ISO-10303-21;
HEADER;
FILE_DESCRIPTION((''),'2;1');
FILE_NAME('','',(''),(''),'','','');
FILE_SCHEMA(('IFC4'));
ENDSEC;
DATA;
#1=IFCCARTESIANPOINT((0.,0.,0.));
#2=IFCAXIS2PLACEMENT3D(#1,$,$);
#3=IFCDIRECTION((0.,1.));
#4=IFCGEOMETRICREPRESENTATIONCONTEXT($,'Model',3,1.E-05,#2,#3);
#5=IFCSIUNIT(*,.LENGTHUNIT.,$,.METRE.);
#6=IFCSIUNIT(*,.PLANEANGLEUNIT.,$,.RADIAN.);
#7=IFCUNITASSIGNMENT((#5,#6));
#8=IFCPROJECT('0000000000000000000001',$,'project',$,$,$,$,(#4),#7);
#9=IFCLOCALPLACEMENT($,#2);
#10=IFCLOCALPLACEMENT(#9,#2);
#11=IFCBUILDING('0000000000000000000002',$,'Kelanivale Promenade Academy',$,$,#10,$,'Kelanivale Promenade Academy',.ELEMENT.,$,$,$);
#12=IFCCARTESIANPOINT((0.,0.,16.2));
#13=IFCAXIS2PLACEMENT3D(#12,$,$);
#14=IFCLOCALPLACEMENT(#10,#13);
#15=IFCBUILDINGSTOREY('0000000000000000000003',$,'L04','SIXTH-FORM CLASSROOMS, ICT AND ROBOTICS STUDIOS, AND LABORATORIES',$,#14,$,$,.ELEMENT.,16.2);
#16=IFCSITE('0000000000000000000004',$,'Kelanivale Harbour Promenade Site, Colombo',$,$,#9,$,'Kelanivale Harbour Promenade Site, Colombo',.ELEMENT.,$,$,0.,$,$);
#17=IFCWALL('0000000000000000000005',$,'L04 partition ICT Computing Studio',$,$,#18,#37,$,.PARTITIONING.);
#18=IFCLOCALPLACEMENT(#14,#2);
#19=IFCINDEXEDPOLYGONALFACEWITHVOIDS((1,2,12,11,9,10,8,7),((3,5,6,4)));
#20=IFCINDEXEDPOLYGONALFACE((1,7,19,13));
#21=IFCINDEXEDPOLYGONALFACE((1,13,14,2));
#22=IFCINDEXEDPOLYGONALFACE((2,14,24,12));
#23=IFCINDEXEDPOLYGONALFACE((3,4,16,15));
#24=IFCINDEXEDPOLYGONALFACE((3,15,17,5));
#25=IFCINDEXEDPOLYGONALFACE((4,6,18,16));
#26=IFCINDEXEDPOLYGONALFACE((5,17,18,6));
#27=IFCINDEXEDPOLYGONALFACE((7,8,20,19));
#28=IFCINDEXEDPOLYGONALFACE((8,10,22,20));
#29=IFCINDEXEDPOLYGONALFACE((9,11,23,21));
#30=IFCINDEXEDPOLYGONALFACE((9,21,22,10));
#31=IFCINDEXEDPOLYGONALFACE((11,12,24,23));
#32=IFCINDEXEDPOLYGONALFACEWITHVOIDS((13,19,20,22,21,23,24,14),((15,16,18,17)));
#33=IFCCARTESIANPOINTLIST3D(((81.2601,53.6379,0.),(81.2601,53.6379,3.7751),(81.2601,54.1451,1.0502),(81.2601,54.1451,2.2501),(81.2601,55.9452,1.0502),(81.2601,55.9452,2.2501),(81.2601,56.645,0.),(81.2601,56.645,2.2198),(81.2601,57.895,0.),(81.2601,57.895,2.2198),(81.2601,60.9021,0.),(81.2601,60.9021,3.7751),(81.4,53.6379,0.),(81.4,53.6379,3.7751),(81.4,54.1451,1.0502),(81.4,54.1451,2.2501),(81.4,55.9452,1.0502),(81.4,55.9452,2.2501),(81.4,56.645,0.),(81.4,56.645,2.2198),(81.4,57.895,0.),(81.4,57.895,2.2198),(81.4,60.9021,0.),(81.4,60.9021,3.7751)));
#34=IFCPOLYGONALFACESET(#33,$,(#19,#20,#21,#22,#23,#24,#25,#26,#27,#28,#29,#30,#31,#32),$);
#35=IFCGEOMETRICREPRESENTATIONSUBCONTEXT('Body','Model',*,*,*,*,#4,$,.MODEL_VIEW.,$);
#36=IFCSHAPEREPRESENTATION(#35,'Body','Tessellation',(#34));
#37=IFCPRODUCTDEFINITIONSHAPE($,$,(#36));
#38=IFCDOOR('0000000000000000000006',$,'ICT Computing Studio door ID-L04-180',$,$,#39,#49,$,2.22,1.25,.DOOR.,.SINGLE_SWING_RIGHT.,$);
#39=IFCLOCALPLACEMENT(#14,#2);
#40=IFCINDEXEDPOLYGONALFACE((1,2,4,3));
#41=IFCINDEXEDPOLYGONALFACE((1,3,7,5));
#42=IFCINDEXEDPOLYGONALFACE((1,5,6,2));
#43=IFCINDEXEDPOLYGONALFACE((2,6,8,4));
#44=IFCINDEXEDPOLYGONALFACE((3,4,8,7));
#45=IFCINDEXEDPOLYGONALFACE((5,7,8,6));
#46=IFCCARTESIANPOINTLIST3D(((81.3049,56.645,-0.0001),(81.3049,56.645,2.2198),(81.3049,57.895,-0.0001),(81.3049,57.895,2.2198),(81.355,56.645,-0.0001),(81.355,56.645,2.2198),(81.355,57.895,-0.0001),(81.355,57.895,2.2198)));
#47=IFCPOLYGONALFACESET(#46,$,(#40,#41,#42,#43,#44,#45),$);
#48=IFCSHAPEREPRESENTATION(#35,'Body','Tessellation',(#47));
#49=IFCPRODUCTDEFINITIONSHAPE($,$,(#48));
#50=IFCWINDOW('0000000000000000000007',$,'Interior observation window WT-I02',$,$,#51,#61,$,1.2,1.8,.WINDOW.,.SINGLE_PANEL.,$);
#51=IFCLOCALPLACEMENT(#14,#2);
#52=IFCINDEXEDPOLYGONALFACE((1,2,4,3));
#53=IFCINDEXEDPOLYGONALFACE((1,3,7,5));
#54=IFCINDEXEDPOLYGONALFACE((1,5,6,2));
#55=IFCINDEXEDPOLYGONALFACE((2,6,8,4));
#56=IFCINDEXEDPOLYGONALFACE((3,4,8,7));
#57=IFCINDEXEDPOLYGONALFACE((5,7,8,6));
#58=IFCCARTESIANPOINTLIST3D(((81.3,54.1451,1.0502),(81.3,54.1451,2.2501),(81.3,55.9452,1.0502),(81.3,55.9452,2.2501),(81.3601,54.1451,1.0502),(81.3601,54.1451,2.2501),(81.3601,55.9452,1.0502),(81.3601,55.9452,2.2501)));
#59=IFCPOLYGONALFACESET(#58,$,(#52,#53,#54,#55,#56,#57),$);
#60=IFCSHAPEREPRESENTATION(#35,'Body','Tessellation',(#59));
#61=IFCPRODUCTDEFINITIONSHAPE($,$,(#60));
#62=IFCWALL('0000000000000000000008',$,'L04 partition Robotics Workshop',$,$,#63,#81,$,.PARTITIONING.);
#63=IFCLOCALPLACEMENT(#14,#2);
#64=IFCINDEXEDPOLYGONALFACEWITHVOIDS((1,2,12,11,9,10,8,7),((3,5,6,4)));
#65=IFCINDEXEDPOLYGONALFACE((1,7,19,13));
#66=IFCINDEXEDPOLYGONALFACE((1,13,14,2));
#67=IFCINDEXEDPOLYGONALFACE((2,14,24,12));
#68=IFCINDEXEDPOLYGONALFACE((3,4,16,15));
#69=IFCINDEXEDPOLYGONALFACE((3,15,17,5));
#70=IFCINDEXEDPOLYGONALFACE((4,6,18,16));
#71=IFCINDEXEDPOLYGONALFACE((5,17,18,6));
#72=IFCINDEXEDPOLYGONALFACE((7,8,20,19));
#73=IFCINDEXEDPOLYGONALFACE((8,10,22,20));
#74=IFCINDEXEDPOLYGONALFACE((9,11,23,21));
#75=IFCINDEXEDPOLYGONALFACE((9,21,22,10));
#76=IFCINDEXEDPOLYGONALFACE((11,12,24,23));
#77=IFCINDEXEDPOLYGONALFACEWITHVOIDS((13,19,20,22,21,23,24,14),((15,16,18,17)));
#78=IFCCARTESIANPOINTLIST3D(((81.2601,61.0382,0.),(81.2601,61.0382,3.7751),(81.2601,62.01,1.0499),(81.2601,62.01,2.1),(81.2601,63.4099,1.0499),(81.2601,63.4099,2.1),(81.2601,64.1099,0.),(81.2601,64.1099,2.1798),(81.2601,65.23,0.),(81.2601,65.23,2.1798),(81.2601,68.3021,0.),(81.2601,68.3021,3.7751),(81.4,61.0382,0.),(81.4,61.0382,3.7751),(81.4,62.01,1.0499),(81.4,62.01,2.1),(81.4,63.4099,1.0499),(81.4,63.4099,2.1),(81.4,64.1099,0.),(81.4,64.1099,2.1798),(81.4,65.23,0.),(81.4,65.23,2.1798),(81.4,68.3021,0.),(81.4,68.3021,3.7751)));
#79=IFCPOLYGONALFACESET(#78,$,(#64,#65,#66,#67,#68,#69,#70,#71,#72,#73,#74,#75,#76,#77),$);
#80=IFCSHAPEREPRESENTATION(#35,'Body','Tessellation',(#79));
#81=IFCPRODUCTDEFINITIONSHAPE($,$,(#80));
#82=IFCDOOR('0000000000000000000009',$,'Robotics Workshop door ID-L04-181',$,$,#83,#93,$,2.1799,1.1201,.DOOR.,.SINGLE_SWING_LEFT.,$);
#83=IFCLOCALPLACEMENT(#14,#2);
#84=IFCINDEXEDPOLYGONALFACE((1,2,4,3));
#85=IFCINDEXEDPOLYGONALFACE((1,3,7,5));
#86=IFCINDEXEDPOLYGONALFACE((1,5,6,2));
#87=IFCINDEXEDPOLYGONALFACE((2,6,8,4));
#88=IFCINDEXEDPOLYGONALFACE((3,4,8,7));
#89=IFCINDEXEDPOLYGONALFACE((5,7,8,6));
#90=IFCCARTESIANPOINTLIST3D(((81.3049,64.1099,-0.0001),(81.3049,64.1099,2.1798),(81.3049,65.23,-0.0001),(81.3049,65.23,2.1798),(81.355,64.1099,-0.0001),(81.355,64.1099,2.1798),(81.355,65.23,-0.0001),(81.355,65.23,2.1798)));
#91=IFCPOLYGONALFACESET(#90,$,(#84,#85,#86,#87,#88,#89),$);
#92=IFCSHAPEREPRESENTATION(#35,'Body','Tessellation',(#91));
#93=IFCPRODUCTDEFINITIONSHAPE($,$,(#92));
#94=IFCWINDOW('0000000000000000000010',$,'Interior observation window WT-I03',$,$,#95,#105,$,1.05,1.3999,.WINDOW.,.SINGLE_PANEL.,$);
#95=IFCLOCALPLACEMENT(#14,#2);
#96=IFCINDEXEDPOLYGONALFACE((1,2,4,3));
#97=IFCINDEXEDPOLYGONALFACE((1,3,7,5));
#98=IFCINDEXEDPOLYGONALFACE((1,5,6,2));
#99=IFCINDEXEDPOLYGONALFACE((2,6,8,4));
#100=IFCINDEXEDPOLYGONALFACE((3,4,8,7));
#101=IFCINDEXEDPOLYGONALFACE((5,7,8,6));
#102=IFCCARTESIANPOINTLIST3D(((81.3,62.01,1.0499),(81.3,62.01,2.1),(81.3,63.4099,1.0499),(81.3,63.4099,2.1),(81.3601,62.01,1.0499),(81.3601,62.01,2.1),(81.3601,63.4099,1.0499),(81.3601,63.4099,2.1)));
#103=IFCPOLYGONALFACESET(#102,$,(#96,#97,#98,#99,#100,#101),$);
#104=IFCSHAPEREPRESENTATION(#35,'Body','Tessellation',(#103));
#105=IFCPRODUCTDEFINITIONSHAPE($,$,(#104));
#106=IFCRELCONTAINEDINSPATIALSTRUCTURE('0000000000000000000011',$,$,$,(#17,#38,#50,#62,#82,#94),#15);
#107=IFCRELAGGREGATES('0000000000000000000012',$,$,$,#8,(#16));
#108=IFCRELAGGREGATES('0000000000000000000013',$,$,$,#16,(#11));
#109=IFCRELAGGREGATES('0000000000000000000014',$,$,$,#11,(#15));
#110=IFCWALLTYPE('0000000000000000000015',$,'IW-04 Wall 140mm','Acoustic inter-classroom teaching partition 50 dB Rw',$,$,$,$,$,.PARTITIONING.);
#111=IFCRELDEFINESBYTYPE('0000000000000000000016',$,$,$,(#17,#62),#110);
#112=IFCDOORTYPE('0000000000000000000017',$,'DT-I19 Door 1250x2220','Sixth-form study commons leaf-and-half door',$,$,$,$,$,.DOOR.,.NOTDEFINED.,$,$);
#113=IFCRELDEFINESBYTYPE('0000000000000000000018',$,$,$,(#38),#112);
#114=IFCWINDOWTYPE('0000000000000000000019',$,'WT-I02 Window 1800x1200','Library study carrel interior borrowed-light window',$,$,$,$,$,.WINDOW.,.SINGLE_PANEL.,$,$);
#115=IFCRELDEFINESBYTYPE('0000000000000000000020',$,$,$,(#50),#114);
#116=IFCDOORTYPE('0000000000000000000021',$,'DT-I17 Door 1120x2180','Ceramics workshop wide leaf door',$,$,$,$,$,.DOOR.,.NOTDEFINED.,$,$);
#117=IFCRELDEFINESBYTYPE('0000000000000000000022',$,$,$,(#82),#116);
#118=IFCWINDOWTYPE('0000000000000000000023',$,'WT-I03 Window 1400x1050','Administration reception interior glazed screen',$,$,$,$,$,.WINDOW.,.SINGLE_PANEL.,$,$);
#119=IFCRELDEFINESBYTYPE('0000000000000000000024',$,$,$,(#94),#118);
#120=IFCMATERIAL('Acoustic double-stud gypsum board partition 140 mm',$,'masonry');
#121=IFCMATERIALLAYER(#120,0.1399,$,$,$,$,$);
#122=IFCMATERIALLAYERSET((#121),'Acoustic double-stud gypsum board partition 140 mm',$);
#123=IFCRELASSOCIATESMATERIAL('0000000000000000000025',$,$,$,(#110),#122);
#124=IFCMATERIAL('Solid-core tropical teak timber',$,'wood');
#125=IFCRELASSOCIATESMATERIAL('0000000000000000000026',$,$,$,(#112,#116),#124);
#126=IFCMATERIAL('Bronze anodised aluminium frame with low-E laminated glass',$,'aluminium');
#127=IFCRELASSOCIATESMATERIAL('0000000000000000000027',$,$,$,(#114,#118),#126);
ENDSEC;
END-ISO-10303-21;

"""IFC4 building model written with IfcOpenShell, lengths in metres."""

from ifc_helpers import new_model, si_unit, direction, frame, frame_2d, origin, place, context, subcontext, project, spatial, rectangle, extrude, material, layer, layer_set, type_object, element, fill, save


model = new_model("IFC4")

# Units and contexts
model_context = context("Model", 3, precision=1e-05, world=origin(), true_north=direction((0.0, 1.0)))
body_context = subcontext(model_context, "Body", "Model", "MODEL_VIEW")
ifc_project = project(units=[si_unit("LENGTHUNIT", "METRE"), si_unit("PLANEANGLEUNIT", "RADIAN")], contexts=[model_context])

# Site, building, storey
site_placement = place(None, origin())
site = spatial("IfcSite", under=ifc_project, at=site_placement, Name="Kelanivale Harbour Promenade Site, Colombo", LongName="Kelanivale Harbour Promenade Site, Colombo", CompositionType="ELEMENT", RefElevation=0.0)
building_placement = place(site_placement, origin())
building = spatial("IfcBuilding", under=site, at=building_placement, Name="Kelanivale Promenade Academy", LongName="Kelanivale Promenade Academy", CompositionType="ELEMENT")
storey_placement = place(building_placement, frame((0.0, 0.0, 16.2)))
storey = spatial("IfcBuildingStorey", under=building, at=storey_placement, Name="L04", Description="SIXTH-FORM CLASSROOMS, ICT AND ROBOTICS STUDIOS, AND LABORATORIES", CompositionType="ELEMENT", Elevation=16.2)

# Shared definitions
ifc_material_1 = material(Name="Bronze anodised aluminium frame with low-E laminated glass", Category="aluminium")

# Shared definitions
ifc_material_2 = material(Name="Acoustic double-stud gypsum board partition 140 mm", Category="masonry")
ifc_layer_1 = layer(ifc_material_2, 0.1399)
ifc_layer_set_1 = layer_set([ifc_layer_1], Name="Acoustic double-stud gypsum board partition 140 mm")
wall_type_1 = type_object("IfcWallType", Name="IW-04 Wall 140mm", Description="Acoustic inter-classroom teaching partition 50 dB Rw", PredefinedType="PARTITIONING", material=ifc_layer_set_1)

# Walls, openings, doors, windows
wall_1_placement = place(storey_placement, frame((81.3301, 60.9021, 0.0), z_axis=(0.0, 0.0, 1.0), x_axis=(0.0, -1.0, 0.0)))
wall_1 = element("IfcWall", 1, at=wall_1_placement, inside=storey, type_object=wall_type_1, Name="L04 partition ICT Computing Studio", PredefinedType="PARTITIONING", context=body_context, shape_type="SweptSolid", body=[
    extrude(rectangle(XDim=7.2642, YDim=0.1399, at=frame_2d((3.6321, 0.0))), origin(), (0.0, 0.0, 1.0), 3.7751),
])
opening_1_placement = place(wall_1_placement, frame((3.0071, 0.0, 0.0)))
opening_1 = element("IfcOpeningElement", 2, at=opening_1_placement, cuts=wall_1, PredefinedType="OPENING", context=body_context, shape_type="SweptSolid", body=[
    extrude(rectangle(XDim=1.25, YDim=2.22, at=frame_2d((0.625, 1.1099))), frame((0.0, 0.0801, 0.0), z_axis=(0.0, -1.0, 0.0), x_axis=(1.0, 0.0, 0.0)), (0.0, 0.0, 1.0), 0.1599),
])
opening_2_placement = place(wall_1_placement, frame((4.957, 0.0, 1.05)))
opening_2 = element("IfcOpeningElement", 3, at=opening_2_placement, cuts=wall_1, PredefinedType="OPENING", context=body_context, shape_type="SweptSolid", body=[
    extrude(rectangle(XDim=1.8, YDim=1.2, at=frame_2d((0.8999, 0.6001))), frame((0.0, 0.0801, 0.0), z_axis=(0.0, -1.0, 0.0), x_axis=(1.0, 0.0, 0.0)), (0.0, 0.0, 1.0), 0.1599),
])
ifc_material_3 = material(Name="Solid-core tropical teak timber", Category="wood")
door_type_1 = type_object("IfcDoorType", Name="DT-I19 Door 1250x2220", Description="Sixth-form study commons leaf-and-half door", OperationType="NOTDEFINED", PredefinedType="DOOR", material=ifc_material_3)
door_1_placement = place(opening_1_placement, origin())
door_1 = element("IfcDoor", 4, at=door_1_placement, inside=storey, type_object=door_type_1, Name="ICT Computing Studio door ID-L04-180", OperationType="SINGLE_SWING_RIGHT", OverallHeight=2.22, OverallWidth=1.25, PredefinedType="DOOR", context=body_context, shape_type="SweptSolid", body=[
    extrude(rectangle(XDim=1.25, YDim=2.22, at=frame_2d((0.625, 1.1099))), frame((0.0, 0.0249, 0.0), z_axis=(0.0, -1.0, 0.0), x_axis=(1.0, 0.0, 0.0)), (0.0, 0.0, 1.0), 0.05),
])
fill(opening_1, door_1)
window_type_1 = type_object("IfcWindowType", Name="WT-I02 Window 1800x1200", Description="Library study carrel interior borrowed-light window", PartitioningType="SINGLE_PANEL", PredefinedType="WINDOW", material=ifc_material_1)
window_1_placement = place(opening_2_placement, origin())
window_1 = element("IfcWindow", 5, at=window_1_placement, inside=storey, type_object=window_type_1, Name="Interior observation window WT-I02", OverallHeight=1.2, OverallWidth=1.8, PartitioningType="SINGLE_PANEL", PredefinedType="WINDOW", context=body_context, shape_type="SweptSolid", body=[
    extrude(rectangle(XDim=1.8, YDim=1.2, at=frame_2d((0.8999, 0.6001))), frame((0.0, 0.03, 0.0), z_axis=(0.0, -1.0, 0.0), x_axis=(1.0, 0.0, 0.0)), (0.0, 0.0, 1.0), 0.0601),
])
fill(opening_2, window_1)
wall_2_placement = place(storey_placement, frame((81.3301, 68.302, 0.0), z_axis=(0.0, 0.0, 1.0), x_axis=(0.0, -1.0, 0.0)))
wall_2 = element("IfcWall", 6, at=wall_2_placement, inside=storey, type_object=wall_type_1, Name="L04 partition Robotics Workshop", PredefinedType="PARTITIONING", context=body_context, shape_type="SweptSolid", body=[
    extrude(rectangle(XDim=7.2639, YDim=0.1399, at=frame_2d((3.6318, 0.0))), origin(), (0.0, 0.0, 1.0), 3.7751),
])
opening_3_placement = place(wall_2_placement, frame((3.072, 0.0, 0.0)))
opening_3 = element("IfcOpeningElement", 7, at=opening_3_placement, cuts=wall_2, PredefinedType="OPENING", context=body_context, shape_type="SweptSolid", body=[
    extrude(rectangle(XDim=1.1201, YDim=2.1799, at=frame_2d((0.5601, 1.0898))), frame((0.0, 0.0801, 0.0), z_axis=(0.0, -1.0, 0.0), x_axis=(1.0, 0.0, 0.0)), (0.0, 0.0, 1.0), 0.1599),
])
opening_4_placement = place(wall_2_placement, frame((4.8921, 0.0, 1.05)))
opening_4 = element("IfcOpeningElement", 8, at=opening_4_placement, cuts=wall_2, PredefinedType="OPENING", context=body_context, shape_type="SweptSolid", body=[
    extrude(rectangle(XDim=1.3999, YDim=1.05, at=frame_2d((0.7, 0.5249))), frame((0.0, 0.0801, 0.0), z_axis=(0.0, -1.0, 0.0), x_axis=(1.0, 0.0, 0.0)), (0.0, 0.0, 1.0), 0.1599),
])
door_type_2 = type_object("IfcDoorType", Name="DT-I17 Door 1120x2180", Description="Ceramics workshop wide leaf door", OperationType="NOTDEFINED", PredefinedType="DOOR", material=ifc_material_3)
door_2_placement = place(opening_3_placement, origin())
door_2 = element("IfcDoor", 9, at=door_2_placement, inside=storey, type_object=door_type_2, Name="Robotics Workshop door ID-L04-181", OperationType="SINGLE_SWING_LEFT", OverallHeight=2.1799, OverallWidth=1.1201, PredefinedType="DOOR", context=body_context, shape_type="SweptSolid", body=[
    extrude(rectangle(XDim=1.1201, YDim=2.1799, at=frame_2d((0.5601, 1.0898))), frame((0.0, 0.0249, 0.0), z_axis=(0.0, -1.0, 0.0), x_axis=(1.0, 0.0, 0.0)), (0.0, 0.0, 1.0), 0.05),
])
fill(opening_3, door_2)
window_type_2 = type_object("IfcWindowType", Name="WT-I03 Window 1400x1050", Description="Administration reception interior glazed screen", PartitioningType="SINGLE_PANEL", PredefinedType="WINDOW", material=ifc_material_1)
window_2_placement = place(opening_4_placement, origin())
window_2 = element("IfcWindow", 10, at=window_2_placement, inside=storey, type_object=window_type_2, Name="Interior observation window WT-I03", OverallHeight=1.05, OverallWidth=1.3999, PartitioningType="SINGLE_PANEL", PredefinedType="WINDOW", context=body_context, shape_type="SweptSolid", body=[
    extrude(rectangle(XDim=1.3999, YDim=1.05, at=frame_2d((0.7, 0.5249))), frame((0.0, 0.03, 0.0), z_axis=(0.0, -1.0, 0.0), x_axis=(1.0, 0.0, 0.0)), (0.0, 0.0, 1.0), 0.0601),
])
fill(opening_4, window_2)

save(model, "model.ifc")
